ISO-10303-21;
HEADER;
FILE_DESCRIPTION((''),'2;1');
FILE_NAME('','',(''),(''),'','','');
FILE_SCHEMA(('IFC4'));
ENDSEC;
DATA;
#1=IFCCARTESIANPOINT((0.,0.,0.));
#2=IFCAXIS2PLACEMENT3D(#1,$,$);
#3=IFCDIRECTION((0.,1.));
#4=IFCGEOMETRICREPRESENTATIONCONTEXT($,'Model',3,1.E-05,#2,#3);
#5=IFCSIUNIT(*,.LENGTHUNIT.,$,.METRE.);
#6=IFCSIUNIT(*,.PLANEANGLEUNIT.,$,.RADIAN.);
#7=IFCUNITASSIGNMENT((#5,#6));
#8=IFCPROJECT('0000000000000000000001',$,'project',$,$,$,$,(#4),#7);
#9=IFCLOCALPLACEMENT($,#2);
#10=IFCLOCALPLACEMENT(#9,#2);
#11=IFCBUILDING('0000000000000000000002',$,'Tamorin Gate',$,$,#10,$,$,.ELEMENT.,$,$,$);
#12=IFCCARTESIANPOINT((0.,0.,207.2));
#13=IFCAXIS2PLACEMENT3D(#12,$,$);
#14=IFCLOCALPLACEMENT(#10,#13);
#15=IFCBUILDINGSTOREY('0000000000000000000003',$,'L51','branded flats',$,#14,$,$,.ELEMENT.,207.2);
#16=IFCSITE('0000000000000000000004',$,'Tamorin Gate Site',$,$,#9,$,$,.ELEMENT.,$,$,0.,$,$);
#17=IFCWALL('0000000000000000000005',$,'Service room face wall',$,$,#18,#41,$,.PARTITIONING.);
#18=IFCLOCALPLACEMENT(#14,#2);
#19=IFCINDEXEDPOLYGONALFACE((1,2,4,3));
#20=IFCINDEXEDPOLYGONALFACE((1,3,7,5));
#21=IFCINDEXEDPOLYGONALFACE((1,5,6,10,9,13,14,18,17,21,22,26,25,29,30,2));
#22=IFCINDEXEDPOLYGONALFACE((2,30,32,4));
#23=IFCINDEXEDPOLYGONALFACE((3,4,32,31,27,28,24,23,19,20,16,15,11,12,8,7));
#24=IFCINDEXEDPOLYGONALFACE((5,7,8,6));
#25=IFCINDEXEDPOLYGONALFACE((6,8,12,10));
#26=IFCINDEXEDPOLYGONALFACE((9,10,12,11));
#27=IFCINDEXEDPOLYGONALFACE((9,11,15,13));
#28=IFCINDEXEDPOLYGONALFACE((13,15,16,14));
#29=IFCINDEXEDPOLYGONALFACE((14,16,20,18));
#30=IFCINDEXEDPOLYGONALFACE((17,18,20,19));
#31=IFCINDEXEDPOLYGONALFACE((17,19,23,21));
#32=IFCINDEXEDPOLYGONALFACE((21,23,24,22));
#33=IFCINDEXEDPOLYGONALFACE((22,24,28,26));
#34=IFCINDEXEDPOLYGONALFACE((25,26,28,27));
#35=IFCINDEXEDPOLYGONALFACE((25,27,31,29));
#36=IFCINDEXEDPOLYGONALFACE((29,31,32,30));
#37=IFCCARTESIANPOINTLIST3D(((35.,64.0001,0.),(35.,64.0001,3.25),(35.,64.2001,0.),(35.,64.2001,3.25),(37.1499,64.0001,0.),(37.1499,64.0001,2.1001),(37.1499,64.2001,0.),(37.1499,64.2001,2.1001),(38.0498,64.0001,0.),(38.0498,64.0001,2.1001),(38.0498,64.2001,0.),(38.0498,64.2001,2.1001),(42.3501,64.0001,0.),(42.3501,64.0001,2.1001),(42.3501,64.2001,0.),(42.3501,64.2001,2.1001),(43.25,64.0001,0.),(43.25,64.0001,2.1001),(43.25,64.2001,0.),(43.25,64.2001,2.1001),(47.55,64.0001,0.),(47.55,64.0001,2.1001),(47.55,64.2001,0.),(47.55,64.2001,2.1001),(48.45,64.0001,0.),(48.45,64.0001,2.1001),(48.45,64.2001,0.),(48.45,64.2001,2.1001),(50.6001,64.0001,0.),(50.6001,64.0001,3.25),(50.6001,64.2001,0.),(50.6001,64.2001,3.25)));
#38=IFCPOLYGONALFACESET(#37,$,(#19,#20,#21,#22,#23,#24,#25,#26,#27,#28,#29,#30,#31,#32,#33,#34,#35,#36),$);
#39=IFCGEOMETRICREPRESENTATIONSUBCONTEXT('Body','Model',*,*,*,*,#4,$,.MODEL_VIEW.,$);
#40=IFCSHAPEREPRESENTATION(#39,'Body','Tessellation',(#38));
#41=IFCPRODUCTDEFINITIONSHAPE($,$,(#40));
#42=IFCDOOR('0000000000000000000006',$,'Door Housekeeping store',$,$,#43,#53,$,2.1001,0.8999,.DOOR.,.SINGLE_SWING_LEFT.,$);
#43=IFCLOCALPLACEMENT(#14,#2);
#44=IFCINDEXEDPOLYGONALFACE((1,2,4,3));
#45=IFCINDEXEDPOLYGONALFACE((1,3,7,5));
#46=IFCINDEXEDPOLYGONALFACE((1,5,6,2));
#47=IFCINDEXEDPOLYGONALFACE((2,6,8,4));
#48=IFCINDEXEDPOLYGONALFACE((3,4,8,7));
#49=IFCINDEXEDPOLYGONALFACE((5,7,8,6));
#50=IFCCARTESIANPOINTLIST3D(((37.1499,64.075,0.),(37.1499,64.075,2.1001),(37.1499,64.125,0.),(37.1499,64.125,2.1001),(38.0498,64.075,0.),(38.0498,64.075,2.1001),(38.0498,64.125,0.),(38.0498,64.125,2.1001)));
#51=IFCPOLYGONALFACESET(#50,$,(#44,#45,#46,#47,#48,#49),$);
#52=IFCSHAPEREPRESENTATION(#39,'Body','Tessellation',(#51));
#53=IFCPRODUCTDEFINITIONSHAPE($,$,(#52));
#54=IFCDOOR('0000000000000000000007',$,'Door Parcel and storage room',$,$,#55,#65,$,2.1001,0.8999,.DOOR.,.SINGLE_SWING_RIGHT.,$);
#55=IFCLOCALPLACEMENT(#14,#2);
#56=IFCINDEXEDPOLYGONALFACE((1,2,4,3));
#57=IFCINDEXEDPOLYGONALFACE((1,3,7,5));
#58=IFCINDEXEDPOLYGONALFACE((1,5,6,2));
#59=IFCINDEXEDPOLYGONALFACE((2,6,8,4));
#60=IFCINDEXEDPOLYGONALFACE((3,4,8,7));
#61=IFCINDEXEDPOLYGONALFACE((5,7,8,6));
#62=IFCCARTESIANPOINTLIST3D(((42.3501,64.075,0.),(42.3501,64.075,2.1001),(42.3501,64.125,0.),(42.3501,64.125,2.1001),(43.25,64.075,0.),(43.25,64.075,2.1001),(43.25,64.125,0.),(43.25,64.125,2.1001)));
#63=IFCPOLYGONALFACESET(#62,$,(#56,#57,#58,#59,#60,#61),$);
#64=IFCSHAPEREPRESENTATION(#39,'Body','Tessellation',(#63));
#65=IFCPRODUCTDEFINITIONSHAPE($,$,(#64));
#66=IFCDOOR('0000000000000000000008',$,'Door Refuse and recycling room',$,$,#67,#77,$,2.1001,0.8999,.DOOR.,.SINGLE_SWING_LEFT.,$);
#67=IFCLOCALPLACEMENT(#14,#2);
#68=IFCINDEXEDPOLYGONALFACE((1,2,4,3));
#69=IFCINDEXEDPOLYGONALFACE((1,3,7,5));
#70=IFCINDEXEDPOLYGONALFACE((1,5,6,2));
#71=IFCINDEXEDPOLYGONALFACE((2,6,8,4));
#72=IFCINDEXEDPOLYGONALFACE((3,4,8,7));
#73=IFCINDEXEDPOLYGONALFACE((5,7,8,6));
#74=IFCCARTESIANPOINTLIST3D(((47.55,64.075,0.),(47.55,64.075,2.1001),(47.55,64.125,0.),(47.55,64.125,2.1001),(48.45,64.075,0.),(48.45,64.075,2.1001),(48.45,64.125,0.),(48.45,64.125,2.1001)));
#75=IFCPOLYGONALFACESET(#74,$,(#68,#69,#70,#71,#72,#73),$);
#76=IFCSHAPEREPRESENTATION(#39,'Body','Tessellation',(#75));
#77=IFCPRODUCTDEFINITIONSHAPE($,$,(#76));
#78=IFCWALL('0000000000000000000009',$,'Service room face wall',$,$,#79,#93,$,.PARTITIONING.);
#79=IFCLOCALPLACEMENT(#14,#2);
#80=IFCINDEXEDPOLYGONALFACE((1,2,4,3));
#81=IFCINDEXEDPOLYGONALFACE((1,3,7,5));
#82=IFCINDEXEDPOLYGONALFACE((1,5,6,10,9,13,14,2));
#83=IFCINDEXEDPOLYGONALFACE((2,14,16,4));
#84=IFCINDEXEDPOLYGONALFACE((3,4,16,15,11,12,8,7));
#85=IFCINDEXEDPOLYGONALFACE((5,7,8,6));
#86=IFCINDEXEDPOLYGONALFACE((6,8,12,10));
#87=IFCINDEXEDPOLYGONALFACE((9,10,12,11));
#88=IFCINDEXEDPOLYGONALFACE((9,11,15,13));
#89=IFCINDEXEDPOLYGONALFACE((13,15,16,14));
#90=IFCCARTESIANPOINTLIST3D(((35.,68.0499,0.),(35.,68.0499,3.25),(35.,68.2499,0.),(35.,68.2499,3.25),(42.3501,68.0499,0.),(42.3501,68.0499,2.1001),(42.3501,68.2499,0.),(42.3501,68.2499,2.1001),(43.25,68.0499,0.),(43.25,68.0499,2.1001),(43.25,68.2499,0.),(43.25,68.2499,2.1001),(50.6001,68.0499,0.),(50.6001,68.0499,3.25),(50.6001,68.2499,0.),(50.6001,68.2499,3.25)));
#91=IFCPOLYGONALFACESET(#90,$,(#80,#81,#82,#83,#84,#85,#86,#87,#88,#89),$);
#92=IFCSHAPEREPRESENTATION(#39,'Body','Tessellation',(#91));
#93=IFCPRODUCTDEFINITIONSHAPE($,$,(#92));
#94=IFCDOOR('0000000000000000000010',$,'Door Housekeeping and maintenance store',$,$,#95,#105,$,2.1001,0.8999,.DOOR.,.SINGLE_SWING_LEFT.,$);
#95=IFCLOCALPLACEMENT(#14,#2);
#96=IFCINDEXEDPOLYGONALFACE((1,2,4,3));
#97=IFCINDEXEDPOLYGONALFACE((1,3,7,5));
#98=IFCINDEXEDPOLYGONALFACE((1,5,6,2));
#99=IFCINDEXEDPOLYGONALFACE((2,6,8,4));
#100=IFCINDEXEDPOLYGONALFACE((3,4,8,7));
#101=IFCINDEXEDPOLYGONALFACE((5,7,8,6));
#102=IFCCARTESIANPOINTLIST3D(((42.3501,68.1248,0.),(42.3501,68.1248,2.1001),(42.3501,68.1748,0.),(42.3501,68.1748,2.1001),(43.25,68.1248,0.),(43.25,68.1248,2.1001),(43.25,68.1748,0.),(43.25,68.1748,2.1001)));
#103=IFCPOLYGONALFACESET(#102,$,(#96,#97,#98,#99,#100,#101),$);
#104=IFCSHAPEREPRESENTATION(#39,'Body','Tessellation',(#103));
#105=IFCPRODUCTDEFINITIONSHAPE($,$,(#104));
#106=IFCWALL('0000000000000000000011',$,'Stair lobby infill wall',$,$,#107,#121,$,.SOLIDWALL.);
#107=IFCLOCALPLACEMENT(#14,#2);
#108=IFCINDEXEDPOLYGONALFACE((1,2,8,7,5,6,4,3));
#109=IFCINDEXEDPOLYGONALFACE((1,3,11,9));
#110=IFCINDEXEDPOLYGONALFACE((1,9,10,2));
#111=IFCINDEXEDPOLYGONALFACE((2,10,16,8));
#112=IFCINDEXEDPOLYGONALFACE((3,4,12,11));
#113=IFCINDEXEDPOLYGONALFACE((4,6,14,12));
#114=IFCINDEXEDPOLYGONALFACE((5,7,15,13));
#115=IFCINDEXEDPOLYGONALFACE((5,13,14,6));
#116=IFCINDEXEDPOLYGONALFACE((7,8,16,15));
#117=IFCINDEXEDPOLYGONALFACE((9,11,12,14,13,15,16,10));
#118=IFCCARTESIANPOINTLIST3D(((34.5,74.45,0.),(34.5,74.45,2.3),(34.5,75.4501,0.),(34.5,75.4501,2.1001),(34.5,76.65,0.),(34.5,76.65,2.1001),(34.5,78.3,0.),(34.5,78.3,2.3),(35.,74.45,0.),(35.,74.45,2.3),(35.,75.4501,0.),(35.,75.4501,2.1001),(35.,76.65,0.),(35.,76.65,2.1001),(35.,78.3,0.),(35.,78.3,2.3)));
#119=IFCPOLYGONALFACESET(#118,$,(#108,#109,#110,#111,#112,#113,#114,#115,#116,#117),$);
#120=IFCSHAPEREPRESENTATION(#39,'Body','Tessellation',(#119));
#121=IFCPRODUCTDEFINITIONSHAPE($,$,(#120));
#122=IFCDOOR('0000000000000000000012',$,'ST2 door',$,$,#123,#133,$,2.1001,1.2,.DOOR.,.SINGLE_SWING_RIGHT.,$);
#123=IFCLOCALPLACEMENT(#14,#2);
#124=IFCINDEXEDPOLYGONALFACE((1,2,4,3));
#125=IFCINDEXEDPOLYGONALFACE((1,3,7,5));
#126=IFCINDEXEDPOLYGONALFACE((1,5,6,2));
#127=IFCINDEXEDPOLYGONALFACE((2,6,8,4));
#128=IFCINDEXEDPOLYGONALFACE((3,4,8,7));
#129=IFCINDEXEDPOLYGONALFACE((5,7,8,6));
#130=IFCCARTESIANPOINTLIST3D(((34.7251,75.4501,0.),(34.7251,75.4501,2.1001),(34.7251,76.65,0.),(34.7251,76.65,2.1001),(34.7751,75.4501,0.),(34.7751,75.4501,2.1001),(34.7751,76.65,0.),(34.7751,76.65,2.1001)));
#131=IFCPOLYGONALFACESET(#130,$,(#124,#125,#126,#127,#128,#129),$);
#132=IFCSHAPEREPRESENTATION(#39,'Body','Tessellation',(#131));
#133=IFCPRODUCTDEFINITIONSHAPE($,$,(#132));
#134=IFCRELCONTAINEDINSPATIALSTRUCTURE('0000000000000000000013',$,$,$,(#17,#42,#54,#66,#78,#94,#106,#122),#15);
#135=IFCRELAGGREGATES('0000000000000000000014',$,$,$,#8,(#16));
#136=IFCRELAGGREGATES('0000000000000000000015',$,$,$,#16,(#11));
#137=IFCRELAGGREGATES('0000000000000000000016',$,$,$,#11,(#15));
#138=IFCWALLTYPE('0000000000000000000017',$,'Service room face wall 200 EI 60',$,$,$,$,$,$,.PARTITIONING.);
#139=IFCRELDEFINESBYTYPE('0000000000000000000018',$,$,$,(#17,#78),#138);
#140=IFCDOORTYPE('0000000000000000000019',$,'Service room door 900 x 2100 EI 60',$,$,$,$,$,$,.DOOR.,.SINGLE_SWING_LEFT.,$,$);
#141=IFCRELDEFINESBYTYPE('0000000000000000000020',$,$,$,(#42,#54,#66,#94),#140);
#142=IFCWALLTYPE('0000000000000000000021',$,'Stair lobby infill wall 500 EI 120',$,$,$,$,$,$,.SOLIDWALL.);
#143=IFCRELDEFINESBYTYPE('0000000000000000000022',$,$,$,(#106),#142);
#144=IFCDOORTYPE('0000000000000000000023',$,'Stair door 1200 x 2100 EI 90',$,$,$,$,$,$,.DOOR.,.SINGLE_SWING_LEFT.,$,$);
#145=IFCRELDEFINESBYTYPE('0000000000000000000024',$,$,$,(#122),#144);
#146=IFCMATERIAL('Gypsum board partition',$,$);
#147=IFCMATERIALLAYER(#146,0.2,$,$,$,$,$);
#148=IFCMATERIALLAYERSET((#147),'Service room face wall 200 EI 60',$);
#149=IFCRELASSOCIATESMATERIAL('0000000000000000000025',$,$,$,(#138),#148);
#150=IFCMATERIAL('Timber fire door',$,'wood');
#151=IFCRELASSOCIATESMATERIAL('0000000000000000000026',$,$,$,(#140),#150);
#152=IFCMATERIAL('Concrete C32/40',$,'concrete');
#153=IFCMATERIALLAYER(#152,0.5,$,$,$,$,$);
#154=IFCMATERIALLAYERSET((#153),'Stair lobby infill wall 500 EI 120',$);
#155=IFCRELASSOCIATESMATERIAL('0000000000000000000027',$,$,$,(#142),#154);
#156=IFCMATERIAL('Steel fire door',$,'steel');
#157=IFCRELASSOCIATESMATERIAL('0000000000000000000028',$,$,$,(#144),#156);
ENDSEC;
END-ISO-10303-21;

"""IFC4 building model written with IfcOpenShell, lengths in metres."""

from ifc_helpers import new_model, si_unit, direction, frame, frame_2d, origin, place, context, subcontext, project, spatial, rectangle, extrude, material, layer, layer_set, type_object, element, fill, save


model = new_model("IFC4")

# Units and contexts
model_context = context("Model", 3, precision=1e-05, world=origin(), true_north=direction((0.0, 1.0)))
body_context = subcontext(model_context, "Body", "Model", "MODEL_VIEW")
ifc_project = project(units=[si_unit("LENGTHUNIT", "METRE"), si_unit("PLANEANGLEUNIT", "RADIAN")], contexts=[model_context])

# Site, building, storey
site_placement = place(None, origin())
site = spatial("IfcSite", under=ifc_project, at=site_placement, Name="Tamorin Gate Site", CompositionType="ELEMENT", RefElevation=0.0)
building_placement = place(site_placement, origin())
building = spatial("IfcBuilding", under=site, at=building_placement, Name="Tamorin Gate", CompositionType="ELEMENT")
storey_placement = place(building_placement, frame((0.0, 0.0, 207.2)))
storey = spatial("IfcBuildingStorey", under=building, at=storey_placement, Name="L51", Description="branded flats", CompositionType="ELEMENT", Elevation=207.2)

# Shared definitions
ifc_material_1 = material(Name="Concrete C32/40", Category="concrete")

# Wall, openings, doors
ifc_material_2 = material(Name="Gypsum board partition")
ifc_layer_1 = layer(ifc_material_2, 0.2)
ifc_layer_set_1 = layer_set([ifc_layer_1], Name="Service room face wall 200 EI 60")
wall_type_1 = type_object("IfcWallType", Name="Service room face wall 200 EI 60", PredefinedType="PARTITIONING", material=ifc_layer_set_1)
wall_1_placement = place(storey_placement, frame((35.0, 64.1001, 0.0), z_axis=(0.0, 0.0, 1.0), x_axis=(1.0, 0.0, 0.0)))
wall_1 = element("IfcWall", 1, at=wall_1_placement, inside=storey, type_object=wall_type_1, Name="Service room face wall", PredefinedType="PARTITIONING", context=body_context, shape_type="SweptSolid", body=[
    extrude(rectangle(XDim=15.6001, YDim=0.2, at=frame_2d((7.8, 0.0))), origin(), (0.0, 0.0, 1.0), 3.25),
])
opening_1_placement = place(wall_1_placement, frame((2.1499, 0.0, 0.0)))
opening_1 = element("IfcOpeningElement", 2, at=opening_1_placement, cuts=wall_1, PredefinedType="OPENING", context=body_context, shape_type="SweptSolid", body=[
    extrude(rectangle(XDim=0.8999, YDim=2.1001, at=frame_2d((0.45, 1.05))), frame((0.0, 0.1099, 0.0), z_axis=(0.0, -1.0, 0.0), x_axis=(1.0, 0.0, 0.0)), (0.0, 0.0, 1.0), 0.22),
])
opening_2_placement = place(wall_1_placement, frame((7.3501, 0.0, 0.0)))
opening_2 = element("IfcOpeningElement", 3, at=opening_2_placement, cuts=wall_1, PredefinedType="OPENING", context=body_context, shape_type="SweptSolid", body=[
    extrude(rectangle(XDim=0.8999, YDim=2.1001, at=frame_2d((0.45, 1.05))), frame((0.0, 0.1099, 0.0), z_axis=(0.0, -1.0, 0.0), x_axis=(1.0, 0.0, 0.0)), (0.0, 0.0, 1.0), 0.22),
])
opening_3_placement = place(wall_1_placement, frame((12.55, 0.0, 0.0)))
opening_3 = element("IfcOpeningElement", 4, at=opening_3_placement, cuts=wall_1, PredefinedType="OPENING", context=body_context, shape_type="SweptSolid", body=[
    extrude(rectangle(XDim=0.8999, YDim=2.1001, at=frame_2d((0.45, 1.05))), frame((0.0, 0.1099, 0.0), z_axis=(0.0, -1.0, 0.0), x_axis=(1.0, 0.0, 0.0)), (0.0, 0.0, 1.0), 0.22),
])
ifc_material_3 = material(Name="Timber fire door", Category="wood")
door_type_1 = type_object("IfcDoorType", Name="Service room door 900 x 2100 EI 60", OperationType="SINGLE_SWING_LEFT", PredefinedType="DOOR", material=ifc_material_3)
door_1_placement = place(opening_1_placement, origin())
door_1 = element("IfcDoor", 5, at=door_1_placement, inside=storey, type_object=door_type_1, Name="Door Housekeeping store", OperationType="SINGLE_SWING_LEFT", OverallHeight=2.1001, OverallWidth=0.8999, PredefinedType="DOOR", context=body_context, shape_type="SweptSolid", body=[
    extrude(rectangle(XDim=0.8999, YDim=2.1001, at=frame_2d((0.45, 1.05))), frame((0.0, 0.0249, 0.0), z_axis=(0.0, -1.0, 0.0), x_axis=(1.0, 0.0, 0.0)), (0.0, 0.0, 1.0), 0.05),
])
fill(opening_1, door_1)
door_2_placement = place(opening_2_placement, origin())
door_2 = element("IfcDoor", 6, at=door_2_placement, inside=storey, type_object=door_type_1, Name="Door Parcel and storage room", OperationType="SINGLE_SWING_RIGHT", OverallHeight=2.1001, OverallWidth=0.8999, PredefinedType="DOOR", context=body_context, shape_type="SweptSolid", body=[
    extrude(rectangle(XDim=0.8999, YDim=2.1001, at=frame_2d((0.45, 1.05))), frame((0.0, 0.0249, 0.0), z_axis=(0.0, -1.0, 0.0), x_axis=(1.0, 0.0, 0.0)), (0.0, 0.0, 1.0), 0.05),
])
fill(opening_2, door_2)
door_3_placement = place(opening_3_placement, origin())
door_3 = element("IfcDoor", 7, at=door_3_placement, inside=storey, type_object=door_type_1, Name="Door Refuse and recycling room", OperationType="SINGLE_SWING_LEFT", OverallHeight=2.1001, OverallWidth=0.8999, PredefinedType="DOOR", context=body_context, shape_type="SweptSolid", body=[
    extrude(rectangle(XDim=0.8999, YDim=2.1001, at=frame_2d((0.45, 1.05))), frame((0.0, 0.0249, 0.0), z_axis=(0.0, -1.0, 0.0), x_axis=(1.0, 0.0, 0.0)), (0.0, 0.0, 1.0), 0.05),
])
fill(opening_3, door_3)

# Walls, openings, doors
wall_2_placement = place(storey_placement, frame((35.0, 68.1499, 0.0), z_axis=(0.0, 0.0, 1.0), x_axis=(1.0, 0.0, 0.0)))
wall_2 = element("IfcWall", 8, at=wall_2_placement, inside=storey, type_object=wall_type_1, Name="Service room face wall", PredefinedType="PARTITIONING", context=body_context, shape_type="SweptSolid", body=[
    extrude(rectangle(XDim=15.6001, YDim=0.2, at=frame_2d((7.8, 0.0))), origin(), (0.0, 0.0, 1.0), 3.25),
])
opening_4_placement = place(wall_2_placement, frame((7.3501, 0.0, 0.0)))
opening_4 = element("IfcOpeningElement", 9, at=opening_4_placement, cuts=wall_2, PredefinedType="OPENING", context=body_context, shape_type="SweptSolid", body=[
    extrude(rectangle(XDim=0.8999, YDim=2.1001, at=frame_2d((0.45, 1.05))), frame((0.0, 0.1099, 0.0), z_axis=(0.0, -1.0, 0.0), x_axis=(1.0, 0.0, 0.0)), (0.0, 0.0, 1.0), 0.22),
])
door_4_placement = place(opening_4_placement, origin())
door_4 = element("IfcDoor", 10, at=door_4_placement, inside=storey, type_object=door_type_1, Name="Door Housekeeping and maintenance store", OperationType="SINGLE_SWING_LEFT", OverallHeight=2.1001, OverallWidth=0.8999, PredefinedType="DOOR", context=body_context, shape_type="SweptSolid", body=[
    extrude(rectangle(XDim=0.8999, YDim=2.1001, at=frame_2d((0.45, 1.05))), frame((0.0, 0.0249, 0.0), z_axis=(0.0, -1.0, 0.0), x_axis=(1.0, 0.0, 0.0)), (0.0, 0.0, 1.0), 0.05),
])
fill(opening_4, door_4)
ifc_layer_2 = layer(ifc_material_1, 0.5)
ifc_layer_set_2 = layer_set([ifc_layer_2], Name="Stair lobby infill wall 500 EI 120")
wall_type_2 = type_object("IfcWallType", Name="Stair lobby infill wall 500 EI 120", PredefinedType="SOLIDWALL", material=ifc_layer_set_2)
wall_3_placement = place(storey_placement, frame((34.75, 74.45, 0.0), z_axis=(0.0, 0.0, 1.0), x_axis=(0.0, 1.0, 0.0)))
wall_3 = element("IfcWall", 11, at=wall_3_placement, inside=storey, type_object=wall_type_2, Name="Stair lobby infill wall", PredefinedType="SOLIDWALL", context=body_context, shape_type="SweptSolid", body=[
    extrude(rectangle(XDim=3.8501, YDim=0.5, at=frame_2d((1.925, 0.0))), origin(), (0.0, 0.0, 1.0), 2.3),
])
opening_5_placement = place(wall_3_placement, frame((1.0, 0.0, 0.0)))
opening_5 = element("IfcOpeningElement", 12, at=opening_5_placement, cuts=wall_3, PredefinedType="OPENING", context=body_context, shape_type="SweptSolid", body=[
    extrude(rectangle(XDim=1.2, YDim=2.1001, at=frame_2d((0.6001, 1.05))), frame((0.0, 0.26, 0.0), z_axis=(0.0, -1.0, 0.0), x_axis=(1.0, 0.0, 0.0)), (0.0, 0.0, 1.0), 0.52),
])
ifc_material_4 = material(Name="Steel fire door", Category="steel")
door_type_2 = type_object("IfcDoorType", Name="Stair door 1200 x 2100 EI 90", OperationType="SINGLE_SWING_LEFT", PredefinedType="DOOR", material=ifc_material_4)
door_5_placement = place(opening_5_placement, origin())
door_5 = element("IfcDoor", 13, at=door_5_placement, inside=storey, type_object=door_type_2, Name="ST2 door", OperationType="SINGLE_SWING_RIGHT", OverallHeight=2.1001, OverallWidth=1.2, PredefinedType="DOOR", context=body_context, shape_type="SweptSolid", body=[
    extrude(rectangle(XDim=1.2, YDim=2.1001, at=frame_2d((0.6001, 1.05))), frame((0.0, 0.0249, 0.0), z_axis=(0.0, -1.0, 0.0), x_axis=(1.0, 0.0, 0.0)), (0.0, 0.0, 1.0), 0.05),
])
fill(opening_5, door_5)

save(model, "model.ifc")
